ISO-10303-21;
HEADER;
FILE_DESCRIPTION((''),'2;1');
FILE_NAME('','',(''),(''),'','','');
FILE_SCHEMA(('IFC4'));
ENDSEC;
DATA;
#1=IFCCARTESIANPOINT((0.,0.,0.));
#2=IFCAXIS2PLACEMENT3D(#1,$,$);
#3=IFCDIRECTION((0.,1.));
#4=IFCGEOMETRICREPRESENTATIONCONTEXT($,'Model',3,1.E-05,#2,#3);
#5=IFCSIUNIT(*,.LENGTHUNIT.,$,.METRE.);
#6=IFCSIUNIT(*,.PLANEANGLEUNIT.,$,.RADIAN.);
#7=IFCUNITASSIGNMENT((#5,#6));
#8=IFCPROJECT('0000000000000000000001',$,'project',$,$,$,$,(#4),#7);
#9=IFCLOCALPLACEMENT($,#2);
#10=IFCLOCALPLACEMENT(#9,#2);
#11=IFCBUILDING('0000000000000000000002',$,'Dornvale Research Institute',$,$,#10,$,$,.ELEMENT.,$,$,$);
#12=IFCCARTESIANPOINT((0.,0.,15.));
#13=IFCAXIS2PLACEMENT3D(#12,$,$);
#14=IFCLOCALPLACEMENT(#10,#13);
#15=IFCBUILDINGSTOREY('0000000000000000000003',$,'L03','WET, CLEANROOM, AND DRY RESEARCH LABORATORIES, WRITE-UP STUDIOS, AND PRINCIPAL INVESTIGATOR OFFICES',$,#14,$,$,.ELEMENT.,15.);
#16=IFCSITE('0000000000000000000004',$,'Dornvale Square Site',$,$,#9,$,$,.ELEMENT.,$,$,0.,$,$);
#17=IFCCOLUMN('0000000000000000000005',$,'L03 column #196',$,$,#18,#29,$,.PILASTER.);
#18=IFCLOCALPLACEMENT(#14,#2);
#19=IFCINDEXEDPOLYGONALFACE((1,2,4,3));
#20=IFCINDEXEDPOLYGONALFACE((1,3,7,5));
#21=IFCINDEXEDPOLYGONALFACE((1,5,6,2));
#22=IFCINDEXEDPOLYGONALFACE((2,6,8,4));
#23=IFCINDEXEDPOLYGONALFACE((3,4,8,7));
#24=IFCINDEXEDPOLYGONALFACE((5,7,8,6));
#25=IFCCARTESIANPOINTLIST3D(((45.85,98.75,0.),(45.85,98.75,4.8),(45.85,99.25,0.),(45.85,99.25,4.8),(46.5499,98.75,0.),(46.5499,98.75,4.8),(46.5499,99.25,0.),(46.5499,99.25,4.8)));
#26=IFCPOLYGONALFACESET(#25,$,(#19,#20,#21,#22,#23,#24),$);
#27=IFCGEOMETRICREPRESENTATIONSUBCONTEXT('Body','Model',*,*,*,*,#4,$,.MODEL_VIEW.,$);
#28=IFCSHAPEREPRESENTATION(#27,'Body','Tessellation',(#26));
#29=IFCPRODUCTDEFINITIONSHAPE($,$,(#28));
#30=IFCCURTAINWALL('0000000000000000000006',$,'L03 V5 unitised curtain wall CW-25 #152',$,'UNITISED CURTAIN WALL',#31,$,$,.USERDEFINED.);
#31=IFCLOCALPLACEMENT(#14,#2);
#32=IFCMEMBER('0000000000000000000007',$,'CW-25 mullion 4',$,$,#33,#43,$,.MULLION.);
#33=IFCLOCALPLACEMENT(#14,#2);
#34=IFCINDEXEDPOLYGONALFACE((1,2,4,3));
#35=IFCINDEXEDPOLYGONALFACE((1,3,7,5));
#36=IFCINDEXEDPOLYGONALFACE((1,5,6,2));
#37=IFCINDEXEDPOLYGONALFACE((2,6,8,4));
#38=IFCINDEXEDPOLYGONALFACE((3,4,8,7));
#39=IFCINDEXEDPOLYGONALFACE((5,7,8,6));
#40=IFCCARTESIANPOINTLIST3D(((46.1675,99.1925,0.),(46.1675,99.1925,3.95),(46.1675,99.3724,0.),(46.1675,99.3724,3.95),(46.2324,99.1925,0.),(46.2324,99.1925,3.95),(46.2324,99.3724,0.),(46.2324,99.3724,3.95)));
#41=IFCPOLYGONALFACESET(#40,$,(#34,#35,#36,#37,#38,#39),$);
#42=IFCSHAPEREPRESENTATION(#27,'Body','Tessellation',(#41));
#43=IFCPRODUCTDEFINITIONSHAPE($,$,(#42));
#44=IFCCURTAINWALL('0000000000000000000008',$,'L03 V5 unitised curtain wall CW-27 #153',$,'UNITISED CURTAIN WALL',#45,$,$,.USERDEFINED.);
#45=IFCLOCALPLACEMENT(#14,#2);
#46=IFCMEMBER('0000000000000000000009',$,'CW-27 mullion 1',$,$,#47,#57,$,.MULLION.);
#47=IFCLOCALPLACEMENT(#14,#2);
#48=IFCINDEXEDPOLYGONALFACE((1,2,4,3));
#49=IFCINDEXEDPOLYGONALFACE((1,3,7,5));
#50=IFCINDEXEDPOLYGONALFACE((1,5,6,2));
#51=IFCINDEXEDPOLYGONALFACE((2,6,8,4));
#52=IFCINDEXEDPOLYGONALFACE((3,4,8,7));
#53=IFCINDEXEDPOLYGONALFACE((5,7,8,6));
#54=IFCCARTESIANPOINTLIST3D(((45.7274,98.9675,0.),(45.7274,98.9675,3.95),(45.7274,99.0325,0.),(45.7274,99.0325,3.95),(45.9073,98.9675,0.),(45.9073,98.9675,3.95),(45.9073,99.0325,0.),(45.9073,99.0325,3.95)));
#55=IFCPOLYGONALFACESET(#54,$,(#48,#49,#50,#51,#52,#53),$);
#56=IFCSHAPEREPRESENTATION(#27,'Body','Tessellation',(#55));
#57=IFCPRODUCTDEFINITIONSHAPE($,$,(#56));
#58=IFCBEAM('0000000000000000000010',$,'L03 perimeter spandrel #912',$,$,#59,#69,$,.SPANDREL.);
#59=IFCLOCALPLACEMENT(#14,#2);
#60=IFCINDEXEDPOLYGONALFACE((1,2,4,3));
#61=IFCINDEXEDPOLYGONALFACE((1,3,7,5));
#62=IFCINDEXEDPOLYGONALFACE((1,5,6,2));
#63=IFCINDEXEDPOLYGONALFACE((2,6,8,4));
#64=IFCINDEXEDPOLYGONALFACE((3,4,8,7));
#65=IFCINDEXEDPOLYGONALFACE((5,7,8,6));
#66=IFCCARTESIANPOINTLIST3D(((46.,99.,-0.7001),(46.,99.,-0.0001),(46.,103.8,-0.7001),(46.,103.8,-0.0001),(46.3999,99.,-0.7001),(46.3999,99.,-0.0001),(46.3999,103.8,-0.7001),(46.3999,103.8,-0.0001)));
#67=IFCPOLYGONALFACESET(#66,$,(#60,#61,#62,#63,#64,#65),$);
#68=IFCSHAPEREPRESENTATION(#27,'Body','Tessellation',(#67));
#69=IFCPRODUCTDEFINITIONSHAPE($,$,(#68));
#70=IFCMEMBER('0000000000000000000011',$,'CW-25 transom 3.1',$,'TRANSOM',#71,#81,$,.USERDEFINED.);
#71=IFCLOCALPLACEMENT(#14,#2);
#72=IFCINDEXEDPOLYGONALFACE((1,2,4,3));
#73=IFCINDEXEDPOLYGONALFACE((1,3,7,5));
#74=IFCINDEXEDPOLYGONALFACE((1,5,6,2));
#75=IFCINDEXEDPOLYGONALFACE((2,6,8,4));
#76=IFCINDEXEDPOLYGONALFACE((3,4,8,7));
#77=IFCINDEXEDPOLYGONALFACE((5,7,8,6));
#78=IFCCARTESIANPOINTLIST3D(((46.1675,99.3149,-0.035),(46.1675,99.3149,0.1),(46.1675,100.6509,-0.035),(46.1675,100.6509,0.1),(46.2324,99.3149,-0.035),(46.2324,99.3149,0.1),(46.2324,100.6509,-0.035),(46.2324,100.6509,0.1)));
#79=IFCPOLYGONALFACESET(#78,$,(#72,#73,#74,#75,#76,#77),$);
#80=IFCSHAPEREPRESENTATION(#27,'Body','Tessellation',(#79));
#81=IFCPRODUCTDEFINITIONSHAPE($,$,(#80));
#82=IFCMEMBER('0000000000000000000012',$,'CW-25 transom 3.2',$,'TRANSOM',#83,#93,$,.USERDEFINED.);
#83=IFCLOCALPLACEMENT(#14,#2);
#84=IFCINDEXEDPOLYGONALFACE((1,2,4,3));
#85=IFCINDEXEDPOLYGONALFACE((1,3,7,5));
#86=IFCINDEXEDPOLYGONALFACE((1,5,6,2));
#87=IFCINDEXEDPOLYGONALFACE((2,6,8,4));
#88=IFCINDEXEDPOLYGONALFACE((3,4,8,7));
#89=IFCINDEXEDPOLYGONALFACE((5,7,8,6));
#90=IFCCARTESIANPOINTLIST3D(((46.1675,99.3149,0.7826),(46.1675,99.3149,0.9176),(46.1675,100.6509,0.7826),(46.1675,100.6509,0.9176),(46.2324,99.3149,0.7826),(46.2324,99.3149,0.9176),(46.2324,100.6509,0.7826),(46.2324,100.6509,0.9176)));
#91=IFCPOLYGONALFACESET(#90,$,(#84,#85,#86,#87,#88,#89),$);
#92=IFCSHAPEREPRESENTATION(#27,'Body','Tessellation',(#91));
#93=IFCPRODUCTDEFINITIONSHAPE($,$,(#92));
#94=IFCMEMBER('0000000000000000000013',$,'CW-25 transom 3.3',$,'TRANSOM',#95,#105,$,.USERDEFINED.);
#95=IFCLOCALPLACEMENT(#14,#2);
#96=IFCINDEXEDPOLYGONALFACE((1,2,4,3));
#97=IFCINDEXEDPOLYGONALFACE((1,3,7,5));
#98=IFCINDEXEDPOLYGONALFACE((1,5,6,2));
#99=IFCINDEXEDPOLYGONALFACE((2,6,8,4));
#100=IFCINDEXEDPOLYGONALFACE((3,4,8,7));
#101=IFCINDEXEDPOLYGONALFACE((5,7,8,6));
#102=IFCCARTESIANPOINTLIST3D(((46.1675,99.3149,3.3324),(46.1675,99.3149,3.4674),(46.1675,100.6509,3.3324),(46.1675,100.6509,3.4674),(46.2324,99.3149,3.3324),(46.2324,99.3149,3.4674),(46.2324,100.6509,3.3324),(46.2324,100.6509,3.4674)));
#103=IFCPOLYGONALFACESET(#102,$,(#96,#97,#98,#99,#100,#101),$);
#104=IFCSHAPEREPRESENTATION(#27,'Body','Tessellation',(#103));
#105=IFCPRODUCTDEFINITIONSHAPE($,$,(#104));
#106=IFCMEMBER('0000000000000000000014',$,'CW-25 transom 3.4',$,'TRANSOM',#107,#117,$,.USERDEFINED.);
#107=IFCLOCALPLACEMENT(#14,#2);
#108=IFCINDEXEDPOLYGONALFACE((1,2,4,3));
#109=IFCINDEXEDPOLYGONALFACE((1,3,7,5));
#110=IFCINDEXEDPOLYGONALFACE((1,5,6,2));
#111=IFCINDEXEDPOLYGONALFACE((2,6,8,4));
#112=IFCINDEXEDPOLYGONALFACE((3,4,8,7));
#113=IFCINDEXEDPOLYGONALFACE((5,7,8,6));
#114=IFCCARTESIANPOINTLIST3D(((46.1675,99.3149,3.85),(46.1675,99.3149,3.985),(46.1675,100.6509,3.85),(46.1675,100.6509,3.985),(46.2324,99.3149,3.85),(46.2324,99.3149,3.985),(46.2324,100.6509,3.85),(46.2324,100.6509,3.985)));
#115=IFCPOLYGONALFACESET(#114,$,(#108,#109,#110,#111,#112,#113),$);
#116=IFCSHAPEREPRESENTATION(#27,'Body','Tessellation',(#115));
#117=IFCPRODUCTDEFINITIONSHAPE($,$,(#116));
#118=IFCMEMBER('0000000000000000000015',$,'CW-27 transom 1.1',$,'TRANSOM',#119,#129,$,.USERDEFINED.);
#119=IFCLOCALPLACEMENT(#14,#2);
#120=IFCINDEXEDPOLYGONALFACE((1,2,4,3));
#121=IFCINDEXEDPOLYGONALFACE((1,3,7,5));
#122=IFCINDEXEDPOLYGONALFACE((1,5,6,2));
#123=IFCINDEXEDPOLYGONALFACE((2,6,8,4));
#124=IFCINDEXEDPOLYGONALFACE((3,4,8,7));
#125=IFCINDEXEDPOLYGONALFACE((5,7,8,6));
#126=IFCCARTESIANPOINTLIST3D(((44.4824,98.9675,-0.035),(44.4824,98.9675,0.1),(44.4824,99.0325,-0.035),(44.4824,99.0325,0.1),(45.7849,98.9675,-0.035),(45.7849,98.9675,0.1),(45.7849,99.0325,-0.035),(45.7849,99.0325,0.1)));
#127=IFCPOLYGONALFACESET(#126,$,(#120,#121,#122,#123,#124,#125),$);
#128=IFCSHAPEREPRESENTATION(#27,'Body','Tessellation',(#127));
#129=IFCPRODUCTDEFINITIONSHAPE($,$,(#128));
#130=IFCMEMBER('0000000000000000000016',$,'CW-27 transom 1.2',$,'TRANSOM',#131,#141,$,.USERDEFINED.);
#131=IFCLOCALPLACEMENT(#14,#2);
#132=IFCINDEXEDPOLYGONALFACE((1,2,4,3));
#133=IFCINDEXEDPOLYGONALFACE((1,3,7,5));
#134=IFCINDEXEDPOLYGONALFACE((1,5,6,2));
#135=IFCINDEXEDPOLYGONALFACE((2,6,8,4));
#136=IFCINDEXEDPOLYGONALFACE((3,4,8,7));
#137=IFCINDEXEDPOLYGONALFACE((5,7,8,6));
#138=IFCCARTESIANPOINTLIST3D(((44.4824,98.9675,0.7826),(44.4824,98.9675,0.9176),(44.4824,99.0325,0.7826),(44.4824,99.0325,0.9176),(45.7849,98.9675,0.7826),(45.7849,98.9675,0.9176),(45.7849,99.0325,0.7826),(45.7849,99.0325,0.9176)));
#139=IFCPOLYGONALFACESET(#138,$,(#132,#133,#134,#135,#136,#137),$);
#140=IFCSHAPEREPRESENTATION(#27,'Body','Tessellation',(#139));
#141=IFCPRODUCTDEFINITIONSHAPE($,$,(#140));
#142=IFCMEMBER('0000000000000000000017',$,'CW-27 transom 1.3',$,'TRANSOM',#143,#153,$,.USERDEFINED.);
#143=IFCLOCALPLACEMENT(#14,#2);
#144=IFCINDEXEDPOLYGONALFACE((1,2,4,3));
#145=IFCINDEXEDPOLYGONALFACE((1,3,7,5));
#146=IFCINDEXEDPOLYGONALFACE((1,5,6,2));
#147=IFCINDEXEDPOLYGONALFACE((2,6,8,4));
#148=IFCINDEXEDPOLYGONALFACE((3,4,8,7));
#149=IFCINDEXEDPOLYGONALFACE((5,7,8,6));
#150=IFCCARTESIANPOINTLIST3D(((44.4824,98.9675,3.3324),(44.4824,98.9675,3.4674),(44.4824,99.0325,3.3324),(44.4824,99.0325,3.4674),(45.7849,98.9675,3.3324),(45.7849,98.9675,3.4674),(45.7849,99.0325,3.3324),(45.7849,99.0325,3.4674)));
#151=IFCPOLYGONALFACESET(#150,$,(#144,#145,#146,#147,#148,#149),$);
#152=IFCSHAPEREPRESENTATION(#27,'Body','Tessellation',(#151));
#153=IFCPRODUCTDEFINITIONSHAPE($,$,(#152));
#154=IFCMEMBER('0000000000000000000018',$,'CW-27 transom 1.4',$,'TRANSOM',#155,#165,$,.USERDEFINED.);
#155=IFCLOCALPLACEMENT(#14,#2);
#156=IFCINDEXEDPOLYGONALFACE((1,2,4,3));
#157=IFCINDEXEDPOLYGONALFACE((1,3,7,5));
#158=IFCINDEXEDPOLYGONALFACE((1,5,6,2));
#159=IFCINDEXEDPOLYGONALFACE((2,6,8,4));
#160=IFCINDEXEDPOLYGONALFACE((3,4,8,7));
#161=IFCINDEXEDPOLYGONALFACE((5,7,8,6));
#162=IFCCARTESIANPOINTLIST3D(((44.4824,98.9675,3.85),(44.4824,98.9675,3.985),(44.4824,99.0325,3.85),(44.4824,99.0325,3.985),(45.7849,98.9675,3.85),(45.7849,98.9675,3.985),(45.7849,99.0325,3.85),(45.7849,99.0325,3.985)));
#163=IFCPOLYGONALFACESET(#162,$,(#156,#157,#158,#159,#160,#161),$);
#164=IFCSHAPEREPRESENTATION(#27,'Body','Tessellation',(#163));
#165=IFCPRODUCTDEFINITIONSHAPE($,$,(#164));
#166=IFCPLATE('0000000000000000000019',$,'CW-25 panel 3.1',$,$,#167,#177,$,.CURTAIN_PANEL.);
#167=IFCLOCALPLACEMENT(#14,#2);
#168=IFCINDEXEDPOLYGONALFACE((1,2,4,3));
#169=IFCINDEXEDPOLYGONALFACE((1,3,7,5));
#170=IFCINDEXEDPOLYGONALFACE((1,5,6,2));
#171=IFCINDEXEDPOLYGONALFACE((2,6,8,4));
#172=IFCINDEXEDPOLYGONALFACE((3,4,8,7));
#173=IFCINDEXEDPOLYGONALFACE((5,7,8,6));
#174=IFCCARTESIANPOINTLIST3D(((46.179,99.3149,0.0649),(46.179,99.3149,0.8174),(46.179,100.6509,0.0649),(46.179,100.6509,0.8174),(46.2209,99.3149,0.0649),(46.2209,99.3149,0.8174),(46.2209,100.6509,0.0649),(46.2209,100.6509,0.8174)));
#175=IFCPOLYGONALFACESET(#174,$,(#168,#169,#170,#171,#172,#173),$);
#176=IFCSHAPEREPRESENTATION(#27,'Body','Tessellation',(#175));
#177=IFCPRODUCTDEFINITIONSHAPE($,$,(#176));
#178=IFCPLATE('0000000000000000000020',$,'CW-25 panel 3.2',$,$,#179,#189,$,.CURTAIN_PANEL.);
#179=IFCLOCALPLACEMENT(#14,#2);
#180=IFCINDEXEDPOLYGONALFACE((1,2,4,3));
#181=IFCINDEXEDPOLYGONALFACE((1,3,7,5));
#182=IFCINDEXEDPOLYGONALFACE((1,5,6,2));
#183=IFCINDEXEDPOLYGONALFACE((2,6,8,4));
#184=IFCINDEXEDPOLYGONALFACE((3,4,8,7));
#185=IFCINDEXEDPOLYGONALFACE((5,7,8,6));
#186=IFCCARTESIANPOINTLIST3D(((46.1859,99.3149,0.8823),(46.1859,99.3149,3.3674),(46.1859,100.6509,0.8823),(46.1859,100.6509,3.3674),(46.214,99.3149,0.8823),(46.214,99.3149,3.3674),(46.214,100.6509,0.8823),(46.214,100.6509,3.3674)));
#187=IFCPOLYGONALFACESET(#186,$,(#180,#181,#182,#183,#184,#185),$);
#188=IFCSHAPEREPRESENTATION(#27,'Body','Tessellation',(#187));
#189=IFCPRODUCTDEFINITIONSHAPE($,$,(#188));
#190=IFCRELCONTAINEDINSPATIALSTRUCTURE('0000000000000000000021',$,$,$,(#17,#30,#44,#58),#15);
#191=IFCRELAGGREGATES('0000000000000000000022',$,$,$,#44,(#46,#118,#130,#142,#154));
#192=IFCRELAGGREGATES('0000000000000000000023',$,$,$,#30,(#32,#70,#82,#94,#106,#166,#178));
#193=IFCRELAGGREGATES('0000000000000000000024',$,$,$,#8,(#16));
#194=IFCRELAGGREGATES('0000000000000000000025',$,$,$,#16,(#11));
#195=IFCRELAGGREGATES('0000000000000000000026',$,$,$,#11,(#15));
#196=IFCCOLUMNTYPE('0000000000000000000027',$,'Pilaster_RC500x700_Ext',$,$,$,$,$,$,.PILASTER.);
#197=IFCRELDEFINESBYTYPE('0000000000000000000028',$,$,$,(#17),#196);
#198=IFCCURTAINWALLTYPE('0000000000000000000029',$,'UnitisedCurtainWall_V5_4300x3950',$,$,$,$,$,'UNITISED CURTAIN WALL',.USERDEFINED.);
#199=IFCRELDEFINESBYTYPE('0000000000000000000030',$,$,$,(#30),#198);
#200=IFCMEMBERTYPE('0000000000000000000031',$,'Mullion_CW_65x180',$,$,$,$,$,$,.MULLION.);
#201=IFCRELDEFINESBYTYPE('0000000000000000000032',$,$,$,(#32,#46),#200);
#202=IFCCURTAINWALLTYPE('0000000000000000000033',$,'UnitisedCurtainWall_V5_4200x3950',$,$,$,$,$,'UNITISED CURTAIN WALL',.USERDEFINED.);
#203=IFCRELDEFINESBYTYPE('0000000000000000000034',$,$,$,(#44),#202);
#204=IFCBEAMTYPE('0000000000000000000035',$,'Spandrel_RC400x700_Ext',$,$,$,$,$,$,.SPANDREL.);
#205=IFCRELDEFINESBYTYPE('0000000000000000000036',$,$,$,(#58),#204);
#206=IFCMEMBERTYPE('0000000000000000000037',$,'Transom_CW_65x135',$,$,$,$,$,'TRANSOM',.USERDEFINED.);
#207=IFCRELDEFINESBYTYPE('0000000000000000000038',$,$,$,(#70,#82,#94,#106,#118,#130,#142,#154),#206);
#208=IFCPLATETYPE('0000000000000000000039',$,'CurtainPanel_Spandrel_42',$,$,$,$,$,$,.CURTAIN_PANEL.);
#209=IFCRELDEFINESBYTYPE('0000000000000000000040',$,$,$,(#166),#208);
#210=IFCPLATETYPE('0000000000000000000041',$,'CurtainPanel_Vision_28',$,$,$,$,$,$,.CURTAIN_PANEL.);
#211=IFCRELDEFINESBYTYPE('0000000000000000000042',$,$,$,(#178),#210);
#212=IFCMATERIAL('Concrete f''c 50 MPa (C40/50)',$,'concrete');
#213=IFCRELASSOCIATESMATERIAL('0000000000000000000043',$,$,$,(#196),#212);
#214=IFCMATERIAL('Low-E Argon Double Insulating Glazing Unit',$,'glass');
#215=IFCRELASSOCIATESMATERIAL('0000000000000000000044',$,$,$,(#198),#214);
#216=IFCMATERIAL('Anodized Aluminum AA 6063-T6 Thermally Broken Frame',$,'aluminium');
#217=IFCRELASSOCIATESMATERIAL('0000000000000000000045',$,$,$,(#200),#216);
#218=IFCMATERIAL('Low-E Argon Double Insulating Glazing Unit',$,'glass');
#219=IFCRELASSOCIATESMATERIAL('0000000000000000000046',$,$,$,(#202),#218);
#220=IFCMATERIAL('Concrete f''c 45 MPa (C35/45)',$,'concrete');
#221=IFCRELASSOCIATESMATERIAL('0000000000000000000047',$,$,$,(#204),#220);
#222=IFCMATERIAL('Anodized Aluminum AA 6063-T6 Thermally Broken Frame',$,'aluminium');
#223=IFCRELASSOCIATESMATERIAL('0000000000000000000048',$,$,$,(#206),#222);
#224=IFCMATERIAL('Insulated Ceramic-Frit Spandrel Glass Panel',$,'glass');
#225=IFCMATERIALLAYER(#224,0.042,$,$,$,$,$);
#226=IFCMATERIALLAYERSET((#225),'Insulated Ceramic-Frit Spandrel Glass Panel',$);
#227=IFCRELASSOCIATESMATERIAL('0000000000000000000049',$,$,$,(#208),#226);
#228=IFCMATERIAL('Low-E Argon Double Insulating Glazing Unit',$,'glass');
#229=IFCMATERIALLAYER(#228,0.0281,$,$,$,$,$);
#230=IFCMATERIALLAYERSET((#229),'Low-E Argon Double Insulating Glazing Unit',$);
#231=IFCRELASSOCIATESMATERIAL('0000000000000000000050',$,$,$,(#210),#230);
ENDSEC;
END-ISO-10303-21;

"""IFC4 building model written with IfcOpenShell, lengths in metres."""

from ifc_helpers import new_model, si_unit, direction, frame, origin, origin_2d, place, context, subcontext, project, spatial, rectangle, extrude, material, layer, layer_set, material_profile, profile_set, type_object, element, aggregate, save


model = new_model("IFC4")

# Units and contexts
model_context = context("Model", 3, precision=1e-05, world=origin(), true_north=direction((0.0, 1.0)))
body_context = subcontext(model_context, "Body", "Model", "MODEL_VIEW")
ifc_project = project(units=[si_unit("LENGTHUNIT", "METRE"), si_unit("PLANEANGLEUNIT", "RADIAN")], contexts=[model_context])

# Site, building, storey
site_placement = place(None, origin())
site = spatial("IfcSite", under=ifc_project, at=site_placement, Name="Dornvale Square Site", CompositionType="ELEMENT", RefElevation=0.0)
building_placement = place(site_placement, origin())
building = spatial("IfcBuilding", under=site, at=building_placement, Name="Dornvale Research Institute", CompositionType="ELEMENT")
storey_placement = place(building_placement, frame((0.0, 0.0, 15.0)))
storey = spatial("IfcBuildingStorey", under=building, at=storey_placement, Name="L03", Description="WET, CLEANROOM, AND DRY RESEARCH LABORATORIES, WRITE-UP STUDIOS, AND PRINCIPAL INVESTIGATOR OFFICES", CompositionType="ELEMENT", Elevation=15.0)

# Column
ifc_material_1 = material(Name="Concrete f'c 50 MPa (C40/50)", Category="concrete")
ifc_material_profile_1 = material_profile(ifc_material_1, rectangle(XDim=0.5, YDim=0.7, at=origin_2d()), Name="RC 500x700")
ifc_profile_set_1 = profile_set([ifc_material_profile_1], Name="Concrete f'c 50 MPa (C40/50)")
column_type = type_object("IfcColumnType", Name="Pilaster_RC500x700_Ext", PredefinedType="PILASTER", material=ifc_profile_set_1)
column_placement = place(storey_placement, frame((46.2, 99.0, 0.0), z_axis=(0.0, 0.0, 1.0), x_axis=(0.0, 1.0, 0.0)))
element("IfcColumn", 1, at=column_placement, inside=storey, type_object=column_type, Name="L03 column #196", PredefinedType="PILASTER", context=body_context, shape_type="SweptSolid", body=[
    extrude(rectangle(XDim=0.5, YDim=0.7, at=origin_2d()), origin(), (0.0, 0.0, 1.0), 4.8),
])

# Curtain walls, members
ifc_material_2 = material(Name="Low-E Argon Double Insulating Glazing Unit", Category="glass")
curtain_wall_type_1 = type_object("IfcCurtainWallType", Name="UnitisedCurtainWall_V5_4300x3950", ElementType="UNITISED CURTAIN WALL", PredefinedType="USERDEFINED", material=ifc_material_2)
curtain_wall_1_placement = place(storey_placement, origin())
curtain_wall_1 = element("IfcCurtainWall", 2, at=curtain_wall_1_placement, inside=storey, type_object=curtain_wall_type_1, Name="L03 V5 unitised curtain wall CW-25 #152", ObjectType="UNITISED CURTAIN WALL", PredefinedType="USERDEFINED")
ifc_material_3 = material(Name="Anodized Aluminum AA 6063-T6 Thermally Broken Frame", Category="aluminium")
ifc_material_profile_2 = material_profile(ifc_material_3, rectangle(XDim=0.0649, YDim=0.1799, at=origin_2d()), Name="ALU MULLION 65x180")
ifc_profile_set_2 = profile_set([ifc_material_profile_2], Name="Anodized Aluminum AA 6063-T6 Thermally Broken Frame")
member_type_1 = type_object("IfcMemberType", Name="Mullion_CW_65x180", PredefinedType="MULLION", material=ifc_profile_set_2)
member_1_placement = place(storey_placement, frame((46.2, 99.2825, 0.0), z_axis=(0.0, 0.0, 1.0), x_axis=(1.0, 0.0, 0.0)))
member_1 = element("IfcMember", 3, at=member_1_placement, type_object=member_type_1, Name="CW-25 mullion 4", PredefinedType="MULLION", context=body_context, shape_type="SweptSolid", body=[
    extrude(rectangle(XDim=0.0649, YDim=0.1799, at=origin_2d()), origin(), (0.0, 0.0, 1.0), 3.95),
])
ifc_material_4 = material(Name="Low-E Argon Double Insulating Glazing Unit", Category="glass")
curtain_wall_type_2 = type_object("IfcCurtainWallType", Name="UnitisedCurtainWall_V5_4200x3950", ElementType="UNITISED CURTAIN WALL", PredefinedType="USERDEFINED", material=ifc_material_4)
curtain_wall_2_placement = place(storey_placement, origin())
curtain_wall_2 = element("IfcCurtainWall", 4, at=curtain_wall_2_placement, inside=storey, type_object=curtain_wall_type_2, Name="L03 V5 unitised curtain wall CW-27 #153", ObjectType="UNITISED CURTAIN WALL", PredefinedType="USERDEFINED")
member_2_placement = place(storey_placement, frame((45.8174, 99.0, 0.0), z_axis=(0.0, 0.0, 1.0), x_axis=(0.0, -1.0, 0.0)))
member_2 = element("IfcMember", 5, at=member_2_placement, type_object=member_type_1, Name="CW-27 mullion 1", PredefinedType="MULLION", context=body_context, shape_type="SweptSolid", body=[
    extrude(rectangle(XDim=0.0649, YDim=0.1799, at=origin_2d()), origin(), (0.0, 0.0, 1.0), 3.95),
])

# Beam
ifc_material_5 = material(Name="Concrete f'c 45 MPa (C35/45)", Category="concrete")
ifc_material_profile_3 = material_profile(ifc_material_5, rectangle(XDim=0.3999, YDim=0.7, at=origin_2d()), Name="RC 400x700")
ifc_profile_set_3 = profile_set([ifc_material_profile_3], Name="Concrete f'c 45 MPa (C35/45)")
beam_type = type_object("IfcBeamType", Name="Spandrel_RC400x700_Ext", PredefinedType="SPANDREL", material=ifc_profile_set_3)
beam_placement = place(storey_placement, frame((46.2, 99.0, -0.3501), z_axis=(0.0, 1.0, 0.0), x_axis=(-1.0, 0.0, 0.0)))
element("IfcBeam", 6, at=beam_placement, inside=storey, type_object=beam_type, Name="L03 perimeter spandrel #912", PredefinedType="SPANDREL", context=body_context, shape_type="SweptSolid", body=[
    extrude(rectangle(XDim=0.3999, YDim=0.7, at=origin_2d()), origin(), (0.0, 0.0, 1.0), 4.8),
])

# Members
ifc_material_6 = material(Name="Anodized Aluminum AA 6063-T6 Thermally Broken Frame", Category="aluminium")
ifc_material_profile_4 = material_profile(ifc_material_6, rectangle(XDim=0.0649, YDim=0.135, at=origin_2d()), Name="ALU TRANSOM 65x135")
ifc_profile_set_4 = profile_set([ifc_material_profile_4], Name="Anodized Aluminum AA 6063-T6 Thermally Broken Frame")
member_type_2 = type_object("IfcMemberType", Name="Transom_CW_65x135", ElementType="TRANSOM", PredefinedType="USERDEFINED", material=ifc_profile_set_4)
member_3_placement = place(storey_placement, frame((46.2, 100.6509, 0.0325), z_axis=(0.0, -1.0, 0.0), x_axis=(1.0, 0.0, 0.0)))
member_3 = element("IfcMember", 7, at=member_3_placement, type_object=member_type_2, Name="CW-25 transom 3.1", ObjectType="TRANSOM", PredefinedType="USERDEFINED", context=body_context, shape_type="SweptSolid", body=[
    extrude(rectangle(XDim=0.0649, YDim=0.135, at=origin_2d()), origin(), (0.0, 0.0, 1.0), 1.3359),
])
member_4_placement = place(storey_placement, frame((46.2, 100.6509, 0.8501), z_axis=(0.0, -1.0, 0.0), x_axis=(1.0, 0.0, 0.0)))
member_4 = element("IfcMember", 8, at=member_4_placement, type_object=member_type_2, Name="CW-25 transom 3.2", ObjectType="TRANSOM", PredefinedType="USERDEFINED", context=body_context, shape_type="SweptSolid", body=[
    extrude(rectangle(XDim=0.0649, YDim=0.135, at=origin_2d()), origin(), (0.0, 0.0, 1.0), 1.3359),
])
member_5_placement = place(storey_placement, frame((46.2, 100.6509, 3.3999), z_axis=(0.0, -1.0, 0.0), x_axis=(1.0, 0.0, 0.0)))
member_5 = element("IfcMember", 9, at=member_5_placement, type_object=member_type_2, Name="CW-25 transom 3.3", ObjectType="TRANSOM", PredefinedType="USERDEFINED", context=body_context, shape_type="SweptSolid", body=[
    extrude(rectangle(XDim=0.0649, YDim=0.135, at=origin_2d()), origin(), (0.0, 0.0, 1.0), 1.3359),
])
member_6_placement = place(storey_placement, frame((46.2, 100.6509, 3.9175), z_axis=(0.0, -1.0, 0.0), x_axis=(1.0, 0.0, 0.0)))
member_6 = element("IfcMember", 10, at=member_6_placement, type_object=member_type_2, Name="CW-25 transom 3.4", ObjectType="TRANSOM", PredefinedType="USERDEFINED", context=body_context, shape_type="SweptSolid", body=[
    extrude(rectangle(XDim=0.0649, YDim=0.135, at=origin_2d()), origin(), (0.0, 0.0, 1.0), 1.3359),
])
member_7_placement = place(storey_placement, frame((45.7849, 99.0, 0.0325), z_axis=(-1.0, 0.0, 0.0), x_axis=(0.0, -1.0, 0.0)))
member_7 = element("IfcMember", 11, at=member_7_placement, type_object=member_type_2, Name="CW-27 transom 1.1", ObjectType="TRANSOM", PredefinedType="USERDEFINED", context=body_context, shape_type="SweptSolid", body=[
    extrude(rectangle(XDim=0.0649, YDim=0.135, at=origin_2d()), origin(), (0.0, 0.0, 1.0), 1.3025),
])
member_8_placement = place(storey_placement, frame((45.7849, 99.0, 0.8501), z_axis=(-1.0, 0.0, 0.0), x_axis=(0.0, -1.0, 0.0)))
member_8 = element("IfcMember", 12, at=member_8_placement, type_object=member_type_2, Name="CW-27 transom 1.2", ObjectType="TRANSOM", PredefinedType="USERDEFINED", context=body_context, shape_type="SweptSolid", body=[
    extrude(rectangle(XDim=0.0649, YDim=0.135, at=origin_2d()), origin(), (0.0, 0.0, 1.0), 1.3025),
])
member_9_placement = place(storey_placement, frame((45.7849, 99.0, 3.3999), z_axis=(-1.0, 0.0, 0.0), x_axis=(0.0, -1.0, 0.0)))
member_9 = element("IfcMember", 13, at=member_9_placement, type_object=member_type_2, Name="CW-27 transom 1.3", ObjectType="TRANSOM", PredefinedType="USERDEFINED", context=body_context, shape_type="SweptSolid", body=[
    extrude(rectangle(XDim=0.0649, YDim=0.135, at=origin_2d()), origin(), (0.0, 0.0, 1.0), 1.3025),
])
member_10_placement = place(storey_placement, frame((45.7849, 99.0, 3.9175), z_axis=(-1.0, 0.0, 0.0), x_axis=(0.0, -1.0, 0.0)))
member_10 = element("IfcMember", 14, at=member_10_placement, type_object=member_type_2, Name="CW-27 transom 1.4", ObjectType="TRANSOM", PredefinedType="USERDEFINED", context=body_context, shape_type="SweptSolid", body=[
    extrude(rectangle(XDim=0.0649, YDim=0.135, at=origin_2d()), origin(), (0.0, 0.0, 1.0), 1.3025),
])
aggregate(curtain_wall_2, [member_2, member_7, member_8, member_9, member_10])

# Plates
ifc_material_7 = material(Name="Insulated Ceramic-Frit Spandrel Glass Panel", Category="glass")
ifc_layer_1 = layer(ifc_material_7, 0.042)
ifc_layer_set_1 = layer_set([ifc_layer_1], Name="Insulated Ceramic-Frit Spandrel Glass Panel")
plate_type_1 = type_object("IfcPlateType", Name="CurtainPanel_Spandrel_42", PredefinedType="CURTAIN_PANEL", material=ifc_layer_set_1)
plate_1_placement = place(storey_placement, frame((46.2, 99.9829, 0.0649), z_axis=(0.0, 0.0, 1.0), x_axis=(0.0, -1.0, 0.0)))
plate_1 = element("IfcPlate", 15, at=plate_1_placement, type_object=plate_type_1, Name="CW-25 panel 3.1", PredefinedType="CURTAIN_PANEL", context=body_context, shape_type="SweptSolid", body=[
    extrude(rectangle(XDim=1.3359, YDim=0.042, at=origin_2d()), origin(), (0.0, 0.0, 1.0), 0.7524),
])
ifc_material_8 = material(Name="Low-E Argon Double Insulating Glazing Unit", Category="glass")
ifc_layer_2 = layer(ifc_material_8, 0.0281)
ifc_layer_set_2 = layer_set([ifc_layer_2], Name="Low-E Argon Double Insulating Glazing Unit")
plate_type_2 = type_object("IfcPlateType", Name="CurtainPanel_Vision_28", PredefinedType="CURTAIN_PANEL", material=ifc_layer_set_2)
plate_2_placement = place(storey_placement, frame((46.2, 99.9829, 0.8823), z_axis=(0.0, 0.0, 1.0), x_axis=(0.0, -1.0, 0.0)))
plate_2 = element("IfcPlate", 16, at=plate_2_placement, type_object=plate_type_2, Name="CW-25 panel 3.2", PredefinedType="CURTAIN_PANEL", context=body_context, shape_type="SweptSolid", body=[
    extrude(rectangle(XDim=1.3359, YDim=0.0281, at=origin_2d()), origin(), (0.0, 0.0, 1.0), 2.4851),
])
aggregate(curtain_wall_1, [member_1, member_3, member_4, member_5, member_6, plate_1, plate_2])

save(model, "model.ifc")
